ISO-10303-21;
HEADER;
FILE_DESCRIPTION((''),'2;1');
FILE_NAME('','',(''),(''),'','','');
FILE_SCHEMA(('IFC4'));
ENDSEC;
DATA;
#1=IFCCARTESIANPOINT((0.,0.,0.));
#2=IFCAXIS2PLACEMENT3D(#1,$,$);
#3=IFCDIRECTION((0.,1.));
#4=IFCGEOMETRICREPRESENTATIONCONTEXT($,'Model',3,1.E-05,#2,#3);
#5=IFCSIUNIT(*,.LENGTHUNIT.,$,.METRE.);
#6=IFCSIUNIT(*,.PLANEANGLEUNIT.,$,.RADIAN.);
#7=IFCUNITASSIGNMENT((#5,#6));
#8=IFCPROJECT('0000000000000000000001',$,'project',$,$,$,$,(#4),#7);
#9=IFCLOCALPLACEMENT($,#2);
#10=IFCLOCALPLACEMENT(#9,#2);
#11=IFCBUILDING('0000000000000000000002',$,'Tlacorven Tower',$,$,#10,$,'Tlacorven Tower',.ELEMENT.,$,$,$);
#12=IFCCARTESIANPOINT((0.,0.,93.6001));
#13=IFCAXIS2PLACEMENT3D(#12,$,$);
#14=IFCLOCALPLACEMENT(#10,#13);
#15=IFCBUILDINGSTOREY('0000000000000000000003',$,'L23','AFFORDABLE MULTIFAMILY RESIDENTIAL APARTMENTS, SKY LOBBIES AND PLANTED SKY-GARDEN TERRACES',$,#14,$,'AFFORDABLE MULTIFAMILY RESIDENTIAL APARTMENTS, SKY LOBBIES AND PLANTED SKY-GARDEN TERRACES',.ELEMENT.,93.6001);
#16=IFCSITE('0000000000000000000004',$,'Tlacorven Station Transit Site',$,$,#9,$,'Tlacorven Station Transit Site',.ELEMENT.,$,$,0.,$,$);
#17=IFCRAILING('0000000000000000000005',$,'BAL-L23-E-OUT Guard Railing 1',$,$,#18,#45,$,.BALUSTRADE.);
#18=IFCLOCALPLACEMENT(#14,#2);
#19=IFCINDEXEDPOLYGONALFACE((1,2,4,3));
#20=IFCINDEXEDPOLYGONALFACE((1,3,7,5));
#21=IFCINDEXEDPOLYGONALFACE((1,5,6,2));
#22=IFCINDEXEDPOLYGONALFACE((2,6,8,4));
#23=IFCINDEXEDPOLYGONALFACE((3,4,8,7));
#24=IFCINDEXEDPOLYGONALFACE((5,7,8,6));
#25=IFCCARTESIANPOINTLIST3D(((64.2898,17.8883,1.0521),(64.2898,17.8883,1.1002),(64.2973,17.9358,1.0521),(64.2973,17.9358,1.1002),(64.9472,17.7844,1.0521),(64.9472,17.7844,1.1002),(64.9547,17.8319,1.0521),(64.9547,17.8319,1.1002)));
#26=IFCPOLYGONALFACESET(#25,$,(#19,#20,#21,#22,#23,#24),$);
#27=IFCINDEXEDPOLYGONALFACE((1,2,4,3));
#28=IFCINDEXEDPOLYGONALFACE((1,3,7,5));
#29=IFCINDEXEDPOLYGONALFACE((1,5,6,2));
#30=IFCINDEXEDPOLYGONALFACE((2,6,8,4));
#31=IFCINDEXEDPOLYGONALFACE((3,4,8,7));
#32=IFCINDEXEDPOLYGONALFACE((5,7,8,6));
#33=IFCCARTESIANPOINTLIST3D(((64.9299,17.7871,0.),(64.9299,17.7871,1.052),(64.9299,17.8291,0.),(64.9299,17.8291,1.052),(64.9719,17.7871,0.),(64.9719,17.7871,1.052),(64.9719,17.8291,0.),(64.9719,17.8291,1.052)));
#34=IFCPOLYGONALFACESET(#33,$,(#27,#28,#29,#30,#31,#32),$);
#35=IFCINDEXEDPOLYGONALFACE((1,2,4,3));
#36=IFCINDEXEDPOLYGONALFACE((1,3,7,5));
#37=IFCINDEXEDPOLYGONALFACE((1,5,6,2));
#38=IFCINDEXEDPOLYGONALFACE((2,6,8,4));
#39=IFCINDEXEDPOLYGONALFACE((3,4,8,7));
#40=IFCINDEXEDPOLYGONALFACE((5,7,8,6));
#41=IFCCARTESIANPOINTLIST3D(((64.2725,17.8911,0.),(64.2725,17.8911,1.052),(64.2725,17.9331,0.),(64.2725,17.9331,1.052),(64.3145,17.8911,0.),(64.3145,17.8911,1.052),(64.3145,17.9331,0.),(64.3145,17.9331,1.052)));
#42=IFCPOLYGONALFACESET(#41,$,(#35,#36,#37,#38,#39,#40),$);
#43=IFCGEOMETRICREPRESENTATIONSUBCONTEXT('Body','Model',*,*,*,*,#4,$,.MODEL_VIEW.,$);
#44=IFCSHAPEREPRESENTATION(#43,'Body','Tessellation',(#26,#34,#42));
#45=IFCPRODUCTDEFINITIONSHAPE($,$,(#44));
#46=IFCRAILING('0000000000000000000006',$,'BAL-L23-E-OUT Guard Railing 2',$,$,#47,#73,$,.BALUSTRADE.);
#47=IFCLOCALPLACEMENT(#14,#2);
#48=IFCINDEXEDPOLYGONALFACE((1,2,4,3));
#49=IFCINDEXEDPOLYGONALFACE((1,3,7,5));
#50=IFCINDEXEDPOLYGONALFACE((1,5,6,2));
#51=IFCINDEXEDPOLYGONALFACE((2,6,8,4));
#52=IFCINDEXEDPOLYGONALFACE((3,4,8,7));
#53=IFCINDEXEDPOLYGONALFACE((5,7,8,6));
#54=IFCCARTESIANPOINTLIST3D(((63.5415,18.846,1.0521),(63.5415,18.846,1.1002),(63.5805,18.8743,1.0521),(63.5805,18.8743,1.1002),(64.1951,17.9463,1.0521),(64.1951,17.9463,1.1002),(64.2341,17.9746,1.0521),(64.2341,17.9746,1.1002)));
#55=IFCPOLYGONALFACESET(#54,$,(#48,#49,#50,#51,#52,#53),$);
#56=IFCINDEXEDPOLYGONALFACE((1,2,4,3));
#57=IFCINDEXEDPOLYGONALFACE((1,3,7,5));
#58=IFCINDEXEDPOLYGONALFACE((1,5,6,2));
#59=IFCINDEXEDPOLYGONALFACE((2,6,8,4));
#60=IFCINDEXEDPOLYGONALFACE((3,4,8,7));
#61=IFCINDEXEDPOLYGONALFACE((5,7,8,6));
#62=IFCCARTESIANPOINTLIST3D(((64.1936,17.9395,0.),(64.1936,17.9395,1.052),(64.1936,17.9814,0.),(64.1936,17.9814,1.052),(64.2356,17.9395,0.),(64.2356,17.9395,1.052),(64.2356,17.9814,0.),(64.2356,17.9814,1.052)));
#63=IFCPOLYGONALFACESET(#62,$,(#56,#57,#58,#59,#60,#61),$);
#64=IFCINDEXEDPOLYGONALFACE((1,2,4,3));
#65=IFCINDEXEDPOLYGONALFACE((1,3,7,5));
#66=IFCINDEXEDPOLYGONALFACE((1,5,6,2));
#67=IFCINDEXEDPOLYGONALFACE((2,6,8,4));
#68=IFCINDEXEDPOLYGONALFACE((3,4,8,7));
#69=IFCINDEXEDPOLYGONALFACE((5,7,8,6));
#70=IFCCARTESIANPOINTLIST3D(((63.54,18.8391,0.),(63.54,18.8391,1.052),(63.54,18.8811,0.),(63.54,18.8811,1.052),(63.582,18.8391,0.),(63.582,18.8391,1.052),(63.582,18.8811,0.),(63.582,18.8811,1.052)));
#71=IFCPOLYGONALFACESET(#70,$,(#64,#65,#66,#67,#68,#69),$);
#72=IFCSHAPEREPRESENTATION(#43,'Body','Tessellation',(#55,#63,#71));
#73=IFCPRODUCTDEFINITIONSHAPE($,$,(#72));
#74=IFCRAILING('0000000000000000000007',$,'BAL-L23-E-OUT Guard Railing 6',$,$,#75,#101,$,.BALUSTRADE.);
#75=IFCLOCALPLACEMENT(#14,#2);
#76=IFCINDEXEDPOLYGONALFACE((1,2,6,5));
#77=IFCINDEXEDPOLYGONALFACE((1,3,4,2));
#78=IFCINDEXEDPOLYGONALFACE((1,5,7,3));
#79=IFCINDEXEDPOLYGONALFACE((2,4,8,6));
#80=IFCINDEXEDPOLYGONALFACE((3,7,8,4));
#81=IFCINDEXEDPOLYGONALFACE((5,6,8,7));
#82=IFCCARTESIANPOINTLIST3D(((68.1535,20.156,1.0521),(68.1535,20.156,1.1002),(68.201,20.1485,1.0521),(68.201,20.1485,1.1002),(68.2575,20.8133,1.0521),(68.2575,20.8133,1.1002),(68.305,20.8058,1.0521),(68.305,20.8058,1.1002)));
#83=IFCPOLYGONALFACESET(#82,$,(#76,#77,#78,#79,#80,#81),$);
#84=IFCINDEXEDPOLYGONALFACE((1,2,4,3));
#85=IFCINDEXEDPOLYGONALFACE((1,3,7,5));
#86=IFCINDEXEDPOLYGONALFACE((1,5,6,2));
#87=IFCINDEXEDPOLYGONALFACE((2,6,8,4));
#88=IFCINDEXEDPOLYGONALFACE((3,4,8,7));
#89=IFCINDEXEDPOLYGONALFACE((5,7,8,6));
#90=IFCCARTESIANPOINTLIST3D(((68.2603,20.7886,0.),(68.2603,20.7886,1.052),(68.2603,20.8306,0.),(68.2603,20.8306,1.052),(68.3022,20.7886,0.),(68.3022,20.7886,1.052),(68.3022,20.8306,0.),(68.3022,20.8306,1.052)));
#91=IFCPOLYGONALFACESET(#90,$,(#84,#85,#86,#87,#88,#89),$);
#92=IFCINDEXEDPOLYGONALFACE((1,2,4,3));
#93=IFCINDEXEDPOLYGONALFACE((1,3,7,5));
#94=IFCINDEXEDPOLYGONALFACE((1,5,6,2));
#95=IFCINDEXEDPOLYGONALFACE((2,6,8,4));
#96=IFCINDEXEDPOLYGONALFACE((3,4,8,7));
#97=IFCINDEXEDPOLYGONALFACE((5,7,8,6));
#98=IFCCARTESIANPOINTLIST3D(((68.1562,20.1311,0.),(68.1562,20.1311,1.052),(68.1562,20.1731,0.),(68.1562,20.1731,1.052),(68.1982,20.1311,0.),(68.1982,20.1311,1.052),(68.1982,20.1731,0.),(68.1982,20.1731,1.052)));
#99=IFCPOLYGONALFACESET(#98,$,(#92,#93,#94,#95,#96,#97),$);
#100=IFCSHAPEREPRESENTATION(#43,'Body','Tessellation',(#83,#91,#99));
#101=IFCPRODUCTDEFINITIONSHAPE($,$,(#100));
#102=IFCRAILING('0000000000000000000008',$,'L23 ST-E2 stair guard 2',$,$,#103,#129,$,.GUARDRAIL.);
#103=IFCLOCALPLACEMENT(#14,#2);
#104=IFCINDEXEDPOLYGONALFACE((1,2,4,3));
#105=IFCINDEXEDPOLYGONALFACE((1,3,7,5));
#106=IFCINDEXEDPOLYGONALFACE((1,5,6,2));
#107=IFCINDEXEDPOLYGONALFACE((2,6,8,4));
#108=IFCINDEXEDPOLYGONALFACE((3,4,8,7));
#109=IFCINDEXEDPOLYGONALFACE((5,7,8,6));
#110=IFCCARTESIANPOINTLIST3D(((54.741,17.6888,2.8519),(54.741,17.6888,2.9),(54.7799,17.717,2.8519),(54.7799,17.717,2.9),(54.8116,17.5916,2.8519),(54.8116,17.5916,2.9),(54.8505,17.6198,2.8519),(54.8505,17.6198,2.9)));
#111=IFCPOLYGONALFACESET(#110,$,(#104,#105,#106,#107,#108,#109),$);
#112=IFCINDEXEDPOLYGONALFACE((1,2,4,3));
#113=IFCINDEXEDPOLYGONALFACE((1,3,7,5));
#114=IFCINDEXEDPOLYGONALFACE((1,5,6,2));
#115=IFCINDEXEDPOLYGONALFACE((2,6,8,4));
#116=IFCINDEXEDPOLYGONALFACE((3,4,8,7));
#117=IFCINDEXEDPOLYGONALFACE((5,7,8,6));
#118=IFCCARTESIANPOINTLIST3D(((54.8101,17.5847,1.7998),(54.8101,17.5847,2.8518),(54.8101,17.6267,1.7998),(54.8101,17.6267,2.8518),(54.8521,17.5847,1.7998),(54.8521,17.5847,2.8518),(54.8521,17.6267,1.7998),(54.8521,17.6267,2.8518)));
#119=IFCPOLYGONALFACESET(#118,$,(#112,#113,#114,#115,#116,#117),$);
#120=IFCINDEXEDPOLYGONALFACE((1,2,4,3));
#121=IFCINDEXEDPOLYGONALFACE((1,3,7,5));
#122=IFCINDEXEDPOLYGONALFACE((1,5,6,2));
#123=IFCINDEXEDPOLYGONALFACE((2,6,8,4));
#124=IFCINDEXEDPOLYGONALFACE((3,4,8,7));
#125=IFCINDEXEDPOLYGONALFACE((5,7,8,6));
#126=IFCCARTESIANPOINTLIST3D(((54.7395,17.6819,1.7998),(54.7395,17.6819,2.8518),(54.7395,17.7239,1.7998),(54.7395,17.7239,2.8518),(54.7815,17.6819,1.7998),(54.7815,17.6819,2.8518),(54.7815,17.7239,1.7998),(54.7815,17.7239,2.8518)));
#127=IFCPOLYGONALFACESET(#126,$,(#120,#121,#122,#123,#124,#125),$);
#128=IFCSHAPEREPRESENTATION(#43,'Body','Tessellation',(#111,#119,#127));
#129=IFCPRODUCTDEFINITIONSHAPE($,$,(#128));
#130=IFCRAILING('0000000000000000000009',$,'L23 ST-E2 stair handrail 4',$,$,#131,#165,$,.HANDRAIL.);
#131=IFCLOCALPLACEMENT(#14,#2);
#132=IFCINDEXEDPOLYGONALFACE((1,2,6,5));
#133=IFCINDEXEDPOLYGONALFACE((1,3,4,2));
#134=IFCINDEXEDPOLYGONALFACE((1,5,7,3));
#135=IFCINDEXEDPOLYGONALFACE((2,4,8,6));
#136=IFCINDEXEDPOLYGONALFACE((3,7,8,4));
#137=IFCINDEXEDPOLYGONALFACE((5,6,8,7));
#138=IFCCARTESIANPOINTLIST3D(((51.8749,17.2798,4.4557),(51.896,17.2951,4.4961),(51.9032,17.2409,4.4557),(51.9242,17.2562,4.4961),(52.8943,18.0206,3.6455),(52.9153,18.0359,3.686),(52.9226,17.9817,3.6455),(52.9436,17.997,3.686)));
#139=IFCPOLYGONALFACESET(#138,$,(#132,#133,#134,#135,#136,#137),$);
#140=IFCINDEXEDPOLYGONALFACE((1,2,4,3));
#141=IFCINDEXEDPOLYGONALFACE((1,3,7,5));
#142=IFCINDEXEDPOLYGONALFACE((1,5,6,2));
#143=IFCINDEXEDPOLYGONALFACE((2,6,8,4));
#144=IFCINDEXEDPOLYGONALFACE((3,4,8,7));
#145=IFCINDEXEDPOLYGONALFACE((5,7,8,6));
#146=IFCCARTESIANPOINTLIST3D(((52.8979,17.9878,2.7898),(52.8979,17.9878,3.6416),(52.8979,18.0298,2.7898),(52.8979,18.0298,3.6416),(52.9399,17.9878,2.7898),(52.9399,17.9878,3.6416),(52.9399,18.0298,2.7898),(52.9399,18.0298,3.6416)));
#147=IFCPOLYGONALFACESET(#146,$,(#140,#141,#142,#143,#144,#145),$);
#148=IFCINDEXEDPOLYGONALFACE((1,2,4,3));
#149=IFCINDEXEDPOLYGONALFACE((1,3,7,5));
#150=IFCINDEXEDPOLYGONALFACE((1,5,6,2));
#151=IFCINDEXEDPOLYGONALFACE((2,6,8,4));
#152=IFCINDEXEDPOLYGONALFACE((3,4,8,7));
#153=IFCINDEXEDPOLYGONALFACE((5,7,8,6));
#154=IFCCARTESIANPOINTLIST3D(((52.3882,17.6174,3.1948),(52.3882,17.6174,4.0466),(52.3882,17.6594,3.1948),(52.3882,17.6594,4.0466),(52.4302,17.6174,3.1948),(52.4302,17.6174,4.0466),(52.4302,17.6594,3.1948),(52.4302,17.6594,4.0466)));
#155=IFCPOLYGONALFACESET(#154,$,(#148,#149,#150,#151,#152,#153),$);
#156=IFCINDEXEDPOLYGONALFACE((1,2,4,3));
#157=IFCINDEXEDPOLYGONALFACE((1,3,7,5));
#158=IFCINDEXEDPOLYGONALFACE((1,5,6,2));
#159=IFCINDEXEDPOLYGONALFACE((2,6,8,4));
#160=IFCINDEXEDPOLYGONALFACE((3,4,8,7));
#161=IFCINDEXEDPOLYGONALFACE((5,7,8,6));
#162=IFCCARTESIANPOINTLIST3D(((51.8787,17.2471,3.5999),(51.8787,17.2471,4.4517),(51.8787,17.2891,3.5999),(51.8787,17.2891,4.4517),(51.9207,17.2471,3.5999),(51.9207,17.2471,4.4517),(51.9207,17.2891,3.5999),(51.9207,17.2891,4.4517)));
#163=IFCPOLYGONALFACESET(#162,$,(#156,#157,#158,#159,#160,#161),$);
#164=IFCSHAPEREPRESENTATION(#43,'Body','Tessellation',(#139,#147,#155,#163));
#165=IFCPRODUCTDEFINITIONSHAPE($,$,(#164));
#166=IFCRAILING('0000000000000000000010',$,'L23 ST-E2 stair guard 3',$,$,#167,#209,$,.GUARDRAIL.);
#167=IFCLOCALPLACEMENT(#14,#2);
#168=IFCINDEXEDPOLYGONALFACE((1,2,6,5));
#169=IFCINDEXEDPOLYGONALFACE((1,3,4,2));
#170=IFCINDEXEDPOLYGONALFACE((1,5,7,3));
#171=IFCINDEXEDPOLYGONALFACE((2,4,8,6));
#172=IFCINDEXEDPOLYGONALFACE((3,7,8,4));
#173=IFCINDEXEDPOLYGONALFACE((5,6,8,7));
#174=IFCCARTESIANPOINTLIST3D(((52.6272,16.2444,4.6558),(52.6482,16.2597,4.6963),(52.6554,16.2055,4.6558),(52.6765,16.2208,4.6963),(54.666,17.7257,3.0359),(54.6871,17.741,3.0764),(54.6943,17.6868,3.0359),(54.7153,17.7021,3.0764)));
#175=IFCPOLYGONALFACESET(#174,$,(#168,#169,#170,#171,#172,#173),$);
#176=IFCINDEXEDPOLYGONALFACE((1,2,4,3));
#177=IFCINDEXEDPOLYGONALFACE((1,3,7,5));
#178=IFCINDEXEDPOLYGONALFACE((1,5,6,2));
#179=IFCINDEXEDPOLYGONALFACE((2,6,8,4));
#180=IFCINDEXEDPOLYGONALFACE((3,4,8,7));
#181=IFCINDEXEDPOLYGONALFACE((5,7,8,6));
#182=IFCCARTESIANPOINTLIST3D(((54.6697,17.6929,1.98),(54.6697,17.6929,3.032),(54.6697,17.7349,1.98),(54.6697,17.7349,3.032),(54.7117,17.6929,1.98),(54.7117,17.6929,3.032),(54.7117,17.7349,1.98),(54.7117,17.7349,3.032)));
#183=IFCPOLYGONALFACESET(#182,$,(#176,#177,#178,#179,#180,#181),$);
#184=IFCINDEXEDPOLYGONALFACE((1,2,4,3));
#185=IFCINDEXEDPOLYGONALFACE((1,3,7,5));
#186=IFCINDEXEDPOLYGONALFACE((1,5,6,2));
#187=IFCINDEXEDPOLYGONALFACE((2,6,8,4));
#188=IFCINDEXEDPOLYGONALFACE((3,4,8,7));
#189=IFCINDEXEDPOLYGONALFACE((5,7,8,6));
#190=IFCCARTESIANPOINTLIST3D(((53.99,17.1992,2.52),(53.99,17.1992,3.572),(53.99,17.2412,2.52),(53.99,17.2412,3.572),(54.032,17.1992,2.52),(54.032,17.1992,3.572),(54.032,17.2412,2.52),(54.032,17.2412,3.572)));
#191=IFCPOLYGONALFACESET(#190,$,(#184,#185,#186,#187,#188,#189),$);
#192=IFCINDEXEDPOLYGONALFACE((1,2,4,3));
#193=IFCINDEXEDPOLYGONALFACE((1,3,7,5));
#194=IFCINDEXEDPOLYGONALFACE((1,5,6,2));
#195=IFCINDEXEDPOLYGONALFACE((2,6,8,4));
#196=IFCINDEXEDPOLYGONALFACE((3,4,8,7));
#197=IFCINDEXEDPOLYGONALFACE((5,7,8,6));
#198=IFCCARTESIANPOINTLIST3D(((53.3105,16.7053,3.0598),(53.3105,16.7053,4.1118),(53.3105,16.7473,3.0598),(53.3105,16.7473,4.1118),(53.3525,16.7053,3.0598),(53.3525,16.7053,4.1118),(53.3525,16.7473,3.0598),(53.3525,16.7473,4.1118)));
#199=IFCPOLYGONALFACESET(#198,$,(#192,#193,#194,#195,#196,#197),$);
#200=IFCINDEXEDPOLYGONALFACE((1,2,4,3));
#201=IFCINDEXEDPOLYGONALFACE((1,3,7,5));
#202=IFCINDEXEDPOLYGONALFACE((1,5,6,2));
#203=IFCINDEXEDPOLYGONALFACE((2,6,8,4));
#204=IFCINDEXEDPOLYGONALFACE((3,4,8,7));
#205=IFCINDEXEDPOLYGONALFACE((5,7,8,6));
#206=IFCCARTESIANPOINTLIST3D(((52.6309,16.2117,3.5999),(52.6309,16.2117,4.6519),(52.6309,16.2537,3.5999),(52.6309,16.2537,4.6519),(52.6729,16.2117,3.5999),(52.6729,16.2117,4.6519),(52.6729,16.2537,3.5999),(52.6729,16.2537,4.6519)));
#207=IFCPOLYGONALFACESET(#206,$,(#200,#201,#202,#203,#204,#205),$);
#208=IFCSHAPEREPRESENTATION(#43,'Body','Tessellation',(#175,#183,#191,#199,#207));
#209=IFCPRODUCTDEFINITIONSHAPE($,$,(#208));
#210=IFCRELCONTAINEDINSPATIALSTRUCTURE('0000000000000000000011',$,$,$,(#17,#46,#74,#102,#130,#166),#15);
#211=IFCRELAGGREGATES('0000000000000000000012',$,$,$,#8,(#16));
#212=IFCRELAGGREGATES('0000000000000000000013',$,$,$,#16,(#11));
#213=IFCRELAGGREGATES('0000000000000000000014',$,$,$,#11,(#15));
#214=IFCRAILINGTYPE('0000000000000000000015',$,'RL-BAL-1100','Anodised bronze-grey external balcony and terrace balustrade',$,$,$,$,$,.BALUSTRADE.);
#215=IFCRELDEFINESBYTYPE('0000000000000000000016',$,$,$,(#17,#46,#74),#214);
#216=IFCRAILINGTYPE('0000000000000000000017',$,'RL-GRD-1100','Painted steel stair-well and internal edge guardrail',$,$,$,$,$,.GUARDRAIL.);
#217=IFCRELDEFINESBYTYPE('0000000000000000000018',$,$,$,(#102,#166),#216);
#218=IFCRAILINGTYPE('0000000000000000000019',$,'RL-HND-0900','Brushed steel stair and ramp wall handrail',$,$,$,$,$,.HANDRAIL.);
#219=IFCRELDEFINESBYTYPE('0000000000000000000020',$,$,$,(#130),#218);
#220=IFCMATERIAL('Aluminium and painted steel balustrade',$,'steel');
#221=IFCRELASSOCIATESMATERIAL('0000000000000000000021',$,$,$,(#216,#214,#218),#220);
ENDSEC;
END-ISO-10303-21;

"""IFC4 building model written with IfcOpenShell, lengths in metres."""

from ifc_helpers import new_model, si_unit, direction, frame, origin, origin_2d, place, context, subcontext, project, spatial, rectangle, extrude, source, transform, mapped, material, type_object, element, save


model = new_model("IFC4")

# Units and contexts
model_context = context("Model", 3, precision=1e-05, world=origin(), true_north=direction((0.0, 1.0)))
body_context = subcontext(model_context, "Body", "Model", "MODEL_VIEW")
ifc_project = project(units=[si_unit("LENGTHUNIT", "METRE"), si_unit("PLANEANGLEUNIT", "RADIAN")], contexts=[model_context])

# Site, building, storey
site_placement = place(None, origin())
site = spatial("IfcSite", under=ifc_project, at=site_placement, Name="Tlacorven Station Transit Site", LongName="Tlacorven Station Transit Site", CompositionType="ELEMENT", RefElevation=0.0)
building_placement = place(site_placement, origin())
building = spatial("IfcBuilding", under=site, at=building_placement, Name="Tlacorven Tower", LongName="Tlacorven Tower", CompositionType="ELEMENT")
storey_placement = place(building_placement, frame((0.0, 0.0, 93.6001)))
storey = spatial("IfcBuildingStorey", under=building, at=storey_placement, Name="L23", Description="AFFORDABLE MULTIFAMILY RESIDENTIAL APARTMENTS, SKY LOBBIES AND PLANTED SKY-GARDEN TERRACES", LongName="AFFORDABLE MULTIFAMILY RESIDENTIAL APARTMENTS, SKY LOBBIES AND PLANTED SKY-GARDEN TERRACES", CompositionType="ELEMENT", Elevation=93.6001)

# Railings
ifc_material_1 = material(Name="Aluminium and painted steel balustrade", Category="steel")
railing_type_1 = type_object("IfcRailingType", Name="RL-GRD-1100", Description="Painted steel stair-well and internal edge guardrail", PredefinedType="GUARDRAIL", material=ifc_material_1)
railing_type_2 = type_object("IfcRailingType", Name="RL-BAL-1100", Description="Anodised bronze-grey external balcony and terrace balustrade", PredefinedType="BALUSTRADE", material=ifc_material_1)
shared_shape_1 = source(origin(), body_context, "Body", "SweptSolid", [
    extrude(rectangle(XDim=0.0481, YDim=0.0481, at=origin_2d()), frame((0.0, 0.0, 1.0762), z_axis=(-0.987718, 0.156245, 0.0), x_axis=(-0.156245, -0.987718, 0.0)), (0.0, 0.0, 1.0), 0.6655),
    extrude(rectangle(XDim=0.042, YDim=0.042, at=origin_2d()), origin(), (0.0, 0.0, 1.0), 1.052),
    extrude(rectangle(XDim=0.042, YDim=0.042, at=origin_2d()), frame((-0.6575, 0.104, 0.0)), (0.0, 0.0, 1.0), 1.052),
])
railing_1_placement = place(storey_placement, frame((64.9509, 17.8081, 0.0)))
element("IfcRailing", 1, at=railing_1_placement, inside=storey, type_object=railing_type_2, Name="BAL-L23-E-OUT Guard Railing 1", PredefinedType="BALUSTRADE", context=body_context, shape_type="MappedRepresentation", body=[
    mapped(shared_shape_1, transform((0.0, 0.0, 0.0), scale=1.0)),
])
shared_shape_2 = source(origin(), body_context, "Body", "SweptSolid", [
    extrude(rectangle(XDim=0.0481, YDim=0.0481, at=origin_2d()), frame((0.0, 0.0, 1.0762), z_axis=(-0.587741, 0.809049, 0.0), x_axis=(-0.809049, -0.587741, 0.0)), (0.0, 0.0, 1.0), 1.1121),
    extrude(rectangle(XDim=0.042, YDim=0.042, at=origin_2d()), origin(), (0.0, 0.0, 1.0), 1.052),
    extrude(rectangle(XDim=0.042, YDim=0.042, at=origin_2d()), frame((-0.6536, 0.8997, 0.0)), (0.0, 0.0, 1.0), 1.052),
])
railing_2_placement = place(storey_placement, frame((64.2146, 17.9604, 0.0)))
element("IfcRailing", 2, at=railing_2_placement, inside=storey, type_object=railing_type_2, Name="BAL-L23-E-OUT Guard Railing 2", PredefinedType="BALUSTRADE", context=body_context, shape_type="MappedRepresentation", body=[
    mapped(shared_shape_2, transform((0.0, 0.0, 0.0), scale=1.0)),
])
shared_shape_3 = source(origin(), body_context, "Body", "SweptSolid", [
    extrude(rectangle(XDim=0.0481, YDim=0.0481, at=origin_2d()), frame((0.0, 0.0, 1.0762), z_axis=(-0.156245, -0.987718, 0.0), x_axis=(0.987718, -0.156245, 0.0)), (0.0, 0.0, 1.0), 0.6655),
    extrude(rectangle(XDim=0.042, YDim=0.042, at=origin_2d()), origin(), (0.0, 0.0, 1.0), 1.052),
    extrude(rectangle(XDim=0.042, YDim=0.042, at=origin_2d()), frame((-0.104, -0.6575, 0.0)), (0.0, 0.0, 1.0), 1.052),
])
railing_3_placement = place(storey_placement, frame((68.2812, 20.8096, 0.0)))
element("IfcRailing", 3, at=railing_3_placement, inside=storey, type_object=railing_type_2, Name="BAL-L23-E-OUT Guard Railing 6", PredefinedType="BALUSTRADE", context=body_context, shape_type="MappedRepresentation", body=[
    mapped(shared_shape_3, transform((0.0, 0.0, 0.0), scale=1.0)),
])
shared_shape_4 = source(origin(), body_context, "Body", "SweptSolid", [
    extrude(rectangle(XDim=0.0481, YDim=0.0481, at=origin_2d()), frame((0.0, 0.0, 1.0762), z_axis=(-0.587567, 0.809175, 0.0), x_axis=(-0.809175, -0.587567, 0.0)), (0.0, 0.0, 1.0), 0.1201),
    extrude(rectangle(XDim=0.042, YDim=0.042, at=origin_2d()), origin(), (0.0, 0.0, 1.0), 1.052),
    extrude(rectangle(XDim=0.042, YDim=0.042, at=origin_2d()), frame((-0.0706, 0.0972, 0.0)), (0.0, 0.0, 1.0), 1.052),
])
railing_4_placement = place(storey_placement, frame((54.8311, 17.6057, 1.7998)))
element("IfcRailing", 4, at=railing_4_placement, inside=storey, type_object=railing_type_1, Name="L23 ST-E2 stair guard 2", PredefinedType="GUARDRAIL", context=body_context, shape_type="MappedRepresentation", body=[
    mapped(shared_shape_4, transform((0.0, 0.0, 0.0), scale=1.0)),
])
railing_type_3 = type_object("IfcRailingType", Name="RL-HND-0900", Description="Brushed steel stair and ramp wall handrail", PredefinedType="HANDRAIL", material=ifc_material_1)
shared_shape_5 = source(origin(), body_context, "Body", "SweptSolid", [
    extrude(rectangle(XDim=0.0481, YDim=0.0481, at=origin_2d()), frame((0.0, 0.0, 0.876), z_axis=(-0.680461, -0.494496, 0.540783), x_axis=(0.587872, -0.808954, 0.0)), (0.0, 0.0, 1.0), 1.498),
    extrude(rectangle(XDim=0.042, YDim=0.042, at=origin_2d()), origin(), (0.0, 0.0, 1.0), 0.8518),
    extrude(rectangle(XDim=0.042, YDim=0.042, at=origin_2d()), frame((-0.5098, -0.3704, 0.405)), (0.0, 0.0, 1.0), 0.8518),
    extrude(rectangle(XDim=0.042, YDim=0.042, at=origin_2d()), frame((-1.0193, -0.7407, 0.8101)), (0.0, 0.0, 1.0), 0.8518),
])
railing_5_placement = place(storey_placement, frame((52.9189, 18.0088, 2.7898)))
element("IfcRailing", 5, at=railing_5_placement, inside=storey, type_object=railing_type_3, Name="L23 ST-E2 stair handrail 4", PredefinedType="HANDRAIL", context=body_context, shape_type="MappedRepresentation", body=[
    mapped(shared_shape_5, transform((0.0, 0.0, 0.0), scale=1.0)),
])
shared_shape_6 = source(origin(), body_context, "Body", "SweptSolid", [
    extrude(rectangle(XDim=0.0481, YDim=0.0481, at=origin_2d()), frame((0.0, 0.0, 1.0762), z_axis=(-0.680562, -0.494428, 0.540717), x_axis=(0.587763, -0.809033, 0.0)), (0.0, 0.0, 1.0), 2.9958),
    extrude(rectangle(XDim=0.042, YDim=0.042, at=origin_2d()), origin(), (0.0, 0.0, 1.0), 1.052),
    extrude(rectangle(XDim=0.042, YDim=0.042, at=origin_2d()), frame((-0.6797, -0.4937, 0.54)), (0.0, 0.0, 1.0), 1.052),
    extrude(rectangle(XDim=0.042, YDim=0.042, at=origin_2d()), frame((-1.3591, -0.9875, 1.0798)), (0.0, 0.0, 1.0), 1.052),
    extrude(rectangle(XDim=0.042, YDim=0.042, at=origin_2d()), frame((-2.0388, -1.4812, 1.6199)), (0.0, 0.0, 1.0), 1.052),
])
railing_6_placement = place(storey_placement, frame((54.6907, 17.7139, 1.98)))
element("IfcRailing", 6, at=railing_6_placement, inside=storey, type_object=railing_type_1, Name="L23 ST-E2 stair guard 3", PredefinedType="GUARDRAIL", context=body_context, shape_type="MappedRepresentation", body=[
    mapped(shared_shape_6, transform((0.0, 0.0, 0.0), scale=1.0)),
])

save(model, "model.ifc")
